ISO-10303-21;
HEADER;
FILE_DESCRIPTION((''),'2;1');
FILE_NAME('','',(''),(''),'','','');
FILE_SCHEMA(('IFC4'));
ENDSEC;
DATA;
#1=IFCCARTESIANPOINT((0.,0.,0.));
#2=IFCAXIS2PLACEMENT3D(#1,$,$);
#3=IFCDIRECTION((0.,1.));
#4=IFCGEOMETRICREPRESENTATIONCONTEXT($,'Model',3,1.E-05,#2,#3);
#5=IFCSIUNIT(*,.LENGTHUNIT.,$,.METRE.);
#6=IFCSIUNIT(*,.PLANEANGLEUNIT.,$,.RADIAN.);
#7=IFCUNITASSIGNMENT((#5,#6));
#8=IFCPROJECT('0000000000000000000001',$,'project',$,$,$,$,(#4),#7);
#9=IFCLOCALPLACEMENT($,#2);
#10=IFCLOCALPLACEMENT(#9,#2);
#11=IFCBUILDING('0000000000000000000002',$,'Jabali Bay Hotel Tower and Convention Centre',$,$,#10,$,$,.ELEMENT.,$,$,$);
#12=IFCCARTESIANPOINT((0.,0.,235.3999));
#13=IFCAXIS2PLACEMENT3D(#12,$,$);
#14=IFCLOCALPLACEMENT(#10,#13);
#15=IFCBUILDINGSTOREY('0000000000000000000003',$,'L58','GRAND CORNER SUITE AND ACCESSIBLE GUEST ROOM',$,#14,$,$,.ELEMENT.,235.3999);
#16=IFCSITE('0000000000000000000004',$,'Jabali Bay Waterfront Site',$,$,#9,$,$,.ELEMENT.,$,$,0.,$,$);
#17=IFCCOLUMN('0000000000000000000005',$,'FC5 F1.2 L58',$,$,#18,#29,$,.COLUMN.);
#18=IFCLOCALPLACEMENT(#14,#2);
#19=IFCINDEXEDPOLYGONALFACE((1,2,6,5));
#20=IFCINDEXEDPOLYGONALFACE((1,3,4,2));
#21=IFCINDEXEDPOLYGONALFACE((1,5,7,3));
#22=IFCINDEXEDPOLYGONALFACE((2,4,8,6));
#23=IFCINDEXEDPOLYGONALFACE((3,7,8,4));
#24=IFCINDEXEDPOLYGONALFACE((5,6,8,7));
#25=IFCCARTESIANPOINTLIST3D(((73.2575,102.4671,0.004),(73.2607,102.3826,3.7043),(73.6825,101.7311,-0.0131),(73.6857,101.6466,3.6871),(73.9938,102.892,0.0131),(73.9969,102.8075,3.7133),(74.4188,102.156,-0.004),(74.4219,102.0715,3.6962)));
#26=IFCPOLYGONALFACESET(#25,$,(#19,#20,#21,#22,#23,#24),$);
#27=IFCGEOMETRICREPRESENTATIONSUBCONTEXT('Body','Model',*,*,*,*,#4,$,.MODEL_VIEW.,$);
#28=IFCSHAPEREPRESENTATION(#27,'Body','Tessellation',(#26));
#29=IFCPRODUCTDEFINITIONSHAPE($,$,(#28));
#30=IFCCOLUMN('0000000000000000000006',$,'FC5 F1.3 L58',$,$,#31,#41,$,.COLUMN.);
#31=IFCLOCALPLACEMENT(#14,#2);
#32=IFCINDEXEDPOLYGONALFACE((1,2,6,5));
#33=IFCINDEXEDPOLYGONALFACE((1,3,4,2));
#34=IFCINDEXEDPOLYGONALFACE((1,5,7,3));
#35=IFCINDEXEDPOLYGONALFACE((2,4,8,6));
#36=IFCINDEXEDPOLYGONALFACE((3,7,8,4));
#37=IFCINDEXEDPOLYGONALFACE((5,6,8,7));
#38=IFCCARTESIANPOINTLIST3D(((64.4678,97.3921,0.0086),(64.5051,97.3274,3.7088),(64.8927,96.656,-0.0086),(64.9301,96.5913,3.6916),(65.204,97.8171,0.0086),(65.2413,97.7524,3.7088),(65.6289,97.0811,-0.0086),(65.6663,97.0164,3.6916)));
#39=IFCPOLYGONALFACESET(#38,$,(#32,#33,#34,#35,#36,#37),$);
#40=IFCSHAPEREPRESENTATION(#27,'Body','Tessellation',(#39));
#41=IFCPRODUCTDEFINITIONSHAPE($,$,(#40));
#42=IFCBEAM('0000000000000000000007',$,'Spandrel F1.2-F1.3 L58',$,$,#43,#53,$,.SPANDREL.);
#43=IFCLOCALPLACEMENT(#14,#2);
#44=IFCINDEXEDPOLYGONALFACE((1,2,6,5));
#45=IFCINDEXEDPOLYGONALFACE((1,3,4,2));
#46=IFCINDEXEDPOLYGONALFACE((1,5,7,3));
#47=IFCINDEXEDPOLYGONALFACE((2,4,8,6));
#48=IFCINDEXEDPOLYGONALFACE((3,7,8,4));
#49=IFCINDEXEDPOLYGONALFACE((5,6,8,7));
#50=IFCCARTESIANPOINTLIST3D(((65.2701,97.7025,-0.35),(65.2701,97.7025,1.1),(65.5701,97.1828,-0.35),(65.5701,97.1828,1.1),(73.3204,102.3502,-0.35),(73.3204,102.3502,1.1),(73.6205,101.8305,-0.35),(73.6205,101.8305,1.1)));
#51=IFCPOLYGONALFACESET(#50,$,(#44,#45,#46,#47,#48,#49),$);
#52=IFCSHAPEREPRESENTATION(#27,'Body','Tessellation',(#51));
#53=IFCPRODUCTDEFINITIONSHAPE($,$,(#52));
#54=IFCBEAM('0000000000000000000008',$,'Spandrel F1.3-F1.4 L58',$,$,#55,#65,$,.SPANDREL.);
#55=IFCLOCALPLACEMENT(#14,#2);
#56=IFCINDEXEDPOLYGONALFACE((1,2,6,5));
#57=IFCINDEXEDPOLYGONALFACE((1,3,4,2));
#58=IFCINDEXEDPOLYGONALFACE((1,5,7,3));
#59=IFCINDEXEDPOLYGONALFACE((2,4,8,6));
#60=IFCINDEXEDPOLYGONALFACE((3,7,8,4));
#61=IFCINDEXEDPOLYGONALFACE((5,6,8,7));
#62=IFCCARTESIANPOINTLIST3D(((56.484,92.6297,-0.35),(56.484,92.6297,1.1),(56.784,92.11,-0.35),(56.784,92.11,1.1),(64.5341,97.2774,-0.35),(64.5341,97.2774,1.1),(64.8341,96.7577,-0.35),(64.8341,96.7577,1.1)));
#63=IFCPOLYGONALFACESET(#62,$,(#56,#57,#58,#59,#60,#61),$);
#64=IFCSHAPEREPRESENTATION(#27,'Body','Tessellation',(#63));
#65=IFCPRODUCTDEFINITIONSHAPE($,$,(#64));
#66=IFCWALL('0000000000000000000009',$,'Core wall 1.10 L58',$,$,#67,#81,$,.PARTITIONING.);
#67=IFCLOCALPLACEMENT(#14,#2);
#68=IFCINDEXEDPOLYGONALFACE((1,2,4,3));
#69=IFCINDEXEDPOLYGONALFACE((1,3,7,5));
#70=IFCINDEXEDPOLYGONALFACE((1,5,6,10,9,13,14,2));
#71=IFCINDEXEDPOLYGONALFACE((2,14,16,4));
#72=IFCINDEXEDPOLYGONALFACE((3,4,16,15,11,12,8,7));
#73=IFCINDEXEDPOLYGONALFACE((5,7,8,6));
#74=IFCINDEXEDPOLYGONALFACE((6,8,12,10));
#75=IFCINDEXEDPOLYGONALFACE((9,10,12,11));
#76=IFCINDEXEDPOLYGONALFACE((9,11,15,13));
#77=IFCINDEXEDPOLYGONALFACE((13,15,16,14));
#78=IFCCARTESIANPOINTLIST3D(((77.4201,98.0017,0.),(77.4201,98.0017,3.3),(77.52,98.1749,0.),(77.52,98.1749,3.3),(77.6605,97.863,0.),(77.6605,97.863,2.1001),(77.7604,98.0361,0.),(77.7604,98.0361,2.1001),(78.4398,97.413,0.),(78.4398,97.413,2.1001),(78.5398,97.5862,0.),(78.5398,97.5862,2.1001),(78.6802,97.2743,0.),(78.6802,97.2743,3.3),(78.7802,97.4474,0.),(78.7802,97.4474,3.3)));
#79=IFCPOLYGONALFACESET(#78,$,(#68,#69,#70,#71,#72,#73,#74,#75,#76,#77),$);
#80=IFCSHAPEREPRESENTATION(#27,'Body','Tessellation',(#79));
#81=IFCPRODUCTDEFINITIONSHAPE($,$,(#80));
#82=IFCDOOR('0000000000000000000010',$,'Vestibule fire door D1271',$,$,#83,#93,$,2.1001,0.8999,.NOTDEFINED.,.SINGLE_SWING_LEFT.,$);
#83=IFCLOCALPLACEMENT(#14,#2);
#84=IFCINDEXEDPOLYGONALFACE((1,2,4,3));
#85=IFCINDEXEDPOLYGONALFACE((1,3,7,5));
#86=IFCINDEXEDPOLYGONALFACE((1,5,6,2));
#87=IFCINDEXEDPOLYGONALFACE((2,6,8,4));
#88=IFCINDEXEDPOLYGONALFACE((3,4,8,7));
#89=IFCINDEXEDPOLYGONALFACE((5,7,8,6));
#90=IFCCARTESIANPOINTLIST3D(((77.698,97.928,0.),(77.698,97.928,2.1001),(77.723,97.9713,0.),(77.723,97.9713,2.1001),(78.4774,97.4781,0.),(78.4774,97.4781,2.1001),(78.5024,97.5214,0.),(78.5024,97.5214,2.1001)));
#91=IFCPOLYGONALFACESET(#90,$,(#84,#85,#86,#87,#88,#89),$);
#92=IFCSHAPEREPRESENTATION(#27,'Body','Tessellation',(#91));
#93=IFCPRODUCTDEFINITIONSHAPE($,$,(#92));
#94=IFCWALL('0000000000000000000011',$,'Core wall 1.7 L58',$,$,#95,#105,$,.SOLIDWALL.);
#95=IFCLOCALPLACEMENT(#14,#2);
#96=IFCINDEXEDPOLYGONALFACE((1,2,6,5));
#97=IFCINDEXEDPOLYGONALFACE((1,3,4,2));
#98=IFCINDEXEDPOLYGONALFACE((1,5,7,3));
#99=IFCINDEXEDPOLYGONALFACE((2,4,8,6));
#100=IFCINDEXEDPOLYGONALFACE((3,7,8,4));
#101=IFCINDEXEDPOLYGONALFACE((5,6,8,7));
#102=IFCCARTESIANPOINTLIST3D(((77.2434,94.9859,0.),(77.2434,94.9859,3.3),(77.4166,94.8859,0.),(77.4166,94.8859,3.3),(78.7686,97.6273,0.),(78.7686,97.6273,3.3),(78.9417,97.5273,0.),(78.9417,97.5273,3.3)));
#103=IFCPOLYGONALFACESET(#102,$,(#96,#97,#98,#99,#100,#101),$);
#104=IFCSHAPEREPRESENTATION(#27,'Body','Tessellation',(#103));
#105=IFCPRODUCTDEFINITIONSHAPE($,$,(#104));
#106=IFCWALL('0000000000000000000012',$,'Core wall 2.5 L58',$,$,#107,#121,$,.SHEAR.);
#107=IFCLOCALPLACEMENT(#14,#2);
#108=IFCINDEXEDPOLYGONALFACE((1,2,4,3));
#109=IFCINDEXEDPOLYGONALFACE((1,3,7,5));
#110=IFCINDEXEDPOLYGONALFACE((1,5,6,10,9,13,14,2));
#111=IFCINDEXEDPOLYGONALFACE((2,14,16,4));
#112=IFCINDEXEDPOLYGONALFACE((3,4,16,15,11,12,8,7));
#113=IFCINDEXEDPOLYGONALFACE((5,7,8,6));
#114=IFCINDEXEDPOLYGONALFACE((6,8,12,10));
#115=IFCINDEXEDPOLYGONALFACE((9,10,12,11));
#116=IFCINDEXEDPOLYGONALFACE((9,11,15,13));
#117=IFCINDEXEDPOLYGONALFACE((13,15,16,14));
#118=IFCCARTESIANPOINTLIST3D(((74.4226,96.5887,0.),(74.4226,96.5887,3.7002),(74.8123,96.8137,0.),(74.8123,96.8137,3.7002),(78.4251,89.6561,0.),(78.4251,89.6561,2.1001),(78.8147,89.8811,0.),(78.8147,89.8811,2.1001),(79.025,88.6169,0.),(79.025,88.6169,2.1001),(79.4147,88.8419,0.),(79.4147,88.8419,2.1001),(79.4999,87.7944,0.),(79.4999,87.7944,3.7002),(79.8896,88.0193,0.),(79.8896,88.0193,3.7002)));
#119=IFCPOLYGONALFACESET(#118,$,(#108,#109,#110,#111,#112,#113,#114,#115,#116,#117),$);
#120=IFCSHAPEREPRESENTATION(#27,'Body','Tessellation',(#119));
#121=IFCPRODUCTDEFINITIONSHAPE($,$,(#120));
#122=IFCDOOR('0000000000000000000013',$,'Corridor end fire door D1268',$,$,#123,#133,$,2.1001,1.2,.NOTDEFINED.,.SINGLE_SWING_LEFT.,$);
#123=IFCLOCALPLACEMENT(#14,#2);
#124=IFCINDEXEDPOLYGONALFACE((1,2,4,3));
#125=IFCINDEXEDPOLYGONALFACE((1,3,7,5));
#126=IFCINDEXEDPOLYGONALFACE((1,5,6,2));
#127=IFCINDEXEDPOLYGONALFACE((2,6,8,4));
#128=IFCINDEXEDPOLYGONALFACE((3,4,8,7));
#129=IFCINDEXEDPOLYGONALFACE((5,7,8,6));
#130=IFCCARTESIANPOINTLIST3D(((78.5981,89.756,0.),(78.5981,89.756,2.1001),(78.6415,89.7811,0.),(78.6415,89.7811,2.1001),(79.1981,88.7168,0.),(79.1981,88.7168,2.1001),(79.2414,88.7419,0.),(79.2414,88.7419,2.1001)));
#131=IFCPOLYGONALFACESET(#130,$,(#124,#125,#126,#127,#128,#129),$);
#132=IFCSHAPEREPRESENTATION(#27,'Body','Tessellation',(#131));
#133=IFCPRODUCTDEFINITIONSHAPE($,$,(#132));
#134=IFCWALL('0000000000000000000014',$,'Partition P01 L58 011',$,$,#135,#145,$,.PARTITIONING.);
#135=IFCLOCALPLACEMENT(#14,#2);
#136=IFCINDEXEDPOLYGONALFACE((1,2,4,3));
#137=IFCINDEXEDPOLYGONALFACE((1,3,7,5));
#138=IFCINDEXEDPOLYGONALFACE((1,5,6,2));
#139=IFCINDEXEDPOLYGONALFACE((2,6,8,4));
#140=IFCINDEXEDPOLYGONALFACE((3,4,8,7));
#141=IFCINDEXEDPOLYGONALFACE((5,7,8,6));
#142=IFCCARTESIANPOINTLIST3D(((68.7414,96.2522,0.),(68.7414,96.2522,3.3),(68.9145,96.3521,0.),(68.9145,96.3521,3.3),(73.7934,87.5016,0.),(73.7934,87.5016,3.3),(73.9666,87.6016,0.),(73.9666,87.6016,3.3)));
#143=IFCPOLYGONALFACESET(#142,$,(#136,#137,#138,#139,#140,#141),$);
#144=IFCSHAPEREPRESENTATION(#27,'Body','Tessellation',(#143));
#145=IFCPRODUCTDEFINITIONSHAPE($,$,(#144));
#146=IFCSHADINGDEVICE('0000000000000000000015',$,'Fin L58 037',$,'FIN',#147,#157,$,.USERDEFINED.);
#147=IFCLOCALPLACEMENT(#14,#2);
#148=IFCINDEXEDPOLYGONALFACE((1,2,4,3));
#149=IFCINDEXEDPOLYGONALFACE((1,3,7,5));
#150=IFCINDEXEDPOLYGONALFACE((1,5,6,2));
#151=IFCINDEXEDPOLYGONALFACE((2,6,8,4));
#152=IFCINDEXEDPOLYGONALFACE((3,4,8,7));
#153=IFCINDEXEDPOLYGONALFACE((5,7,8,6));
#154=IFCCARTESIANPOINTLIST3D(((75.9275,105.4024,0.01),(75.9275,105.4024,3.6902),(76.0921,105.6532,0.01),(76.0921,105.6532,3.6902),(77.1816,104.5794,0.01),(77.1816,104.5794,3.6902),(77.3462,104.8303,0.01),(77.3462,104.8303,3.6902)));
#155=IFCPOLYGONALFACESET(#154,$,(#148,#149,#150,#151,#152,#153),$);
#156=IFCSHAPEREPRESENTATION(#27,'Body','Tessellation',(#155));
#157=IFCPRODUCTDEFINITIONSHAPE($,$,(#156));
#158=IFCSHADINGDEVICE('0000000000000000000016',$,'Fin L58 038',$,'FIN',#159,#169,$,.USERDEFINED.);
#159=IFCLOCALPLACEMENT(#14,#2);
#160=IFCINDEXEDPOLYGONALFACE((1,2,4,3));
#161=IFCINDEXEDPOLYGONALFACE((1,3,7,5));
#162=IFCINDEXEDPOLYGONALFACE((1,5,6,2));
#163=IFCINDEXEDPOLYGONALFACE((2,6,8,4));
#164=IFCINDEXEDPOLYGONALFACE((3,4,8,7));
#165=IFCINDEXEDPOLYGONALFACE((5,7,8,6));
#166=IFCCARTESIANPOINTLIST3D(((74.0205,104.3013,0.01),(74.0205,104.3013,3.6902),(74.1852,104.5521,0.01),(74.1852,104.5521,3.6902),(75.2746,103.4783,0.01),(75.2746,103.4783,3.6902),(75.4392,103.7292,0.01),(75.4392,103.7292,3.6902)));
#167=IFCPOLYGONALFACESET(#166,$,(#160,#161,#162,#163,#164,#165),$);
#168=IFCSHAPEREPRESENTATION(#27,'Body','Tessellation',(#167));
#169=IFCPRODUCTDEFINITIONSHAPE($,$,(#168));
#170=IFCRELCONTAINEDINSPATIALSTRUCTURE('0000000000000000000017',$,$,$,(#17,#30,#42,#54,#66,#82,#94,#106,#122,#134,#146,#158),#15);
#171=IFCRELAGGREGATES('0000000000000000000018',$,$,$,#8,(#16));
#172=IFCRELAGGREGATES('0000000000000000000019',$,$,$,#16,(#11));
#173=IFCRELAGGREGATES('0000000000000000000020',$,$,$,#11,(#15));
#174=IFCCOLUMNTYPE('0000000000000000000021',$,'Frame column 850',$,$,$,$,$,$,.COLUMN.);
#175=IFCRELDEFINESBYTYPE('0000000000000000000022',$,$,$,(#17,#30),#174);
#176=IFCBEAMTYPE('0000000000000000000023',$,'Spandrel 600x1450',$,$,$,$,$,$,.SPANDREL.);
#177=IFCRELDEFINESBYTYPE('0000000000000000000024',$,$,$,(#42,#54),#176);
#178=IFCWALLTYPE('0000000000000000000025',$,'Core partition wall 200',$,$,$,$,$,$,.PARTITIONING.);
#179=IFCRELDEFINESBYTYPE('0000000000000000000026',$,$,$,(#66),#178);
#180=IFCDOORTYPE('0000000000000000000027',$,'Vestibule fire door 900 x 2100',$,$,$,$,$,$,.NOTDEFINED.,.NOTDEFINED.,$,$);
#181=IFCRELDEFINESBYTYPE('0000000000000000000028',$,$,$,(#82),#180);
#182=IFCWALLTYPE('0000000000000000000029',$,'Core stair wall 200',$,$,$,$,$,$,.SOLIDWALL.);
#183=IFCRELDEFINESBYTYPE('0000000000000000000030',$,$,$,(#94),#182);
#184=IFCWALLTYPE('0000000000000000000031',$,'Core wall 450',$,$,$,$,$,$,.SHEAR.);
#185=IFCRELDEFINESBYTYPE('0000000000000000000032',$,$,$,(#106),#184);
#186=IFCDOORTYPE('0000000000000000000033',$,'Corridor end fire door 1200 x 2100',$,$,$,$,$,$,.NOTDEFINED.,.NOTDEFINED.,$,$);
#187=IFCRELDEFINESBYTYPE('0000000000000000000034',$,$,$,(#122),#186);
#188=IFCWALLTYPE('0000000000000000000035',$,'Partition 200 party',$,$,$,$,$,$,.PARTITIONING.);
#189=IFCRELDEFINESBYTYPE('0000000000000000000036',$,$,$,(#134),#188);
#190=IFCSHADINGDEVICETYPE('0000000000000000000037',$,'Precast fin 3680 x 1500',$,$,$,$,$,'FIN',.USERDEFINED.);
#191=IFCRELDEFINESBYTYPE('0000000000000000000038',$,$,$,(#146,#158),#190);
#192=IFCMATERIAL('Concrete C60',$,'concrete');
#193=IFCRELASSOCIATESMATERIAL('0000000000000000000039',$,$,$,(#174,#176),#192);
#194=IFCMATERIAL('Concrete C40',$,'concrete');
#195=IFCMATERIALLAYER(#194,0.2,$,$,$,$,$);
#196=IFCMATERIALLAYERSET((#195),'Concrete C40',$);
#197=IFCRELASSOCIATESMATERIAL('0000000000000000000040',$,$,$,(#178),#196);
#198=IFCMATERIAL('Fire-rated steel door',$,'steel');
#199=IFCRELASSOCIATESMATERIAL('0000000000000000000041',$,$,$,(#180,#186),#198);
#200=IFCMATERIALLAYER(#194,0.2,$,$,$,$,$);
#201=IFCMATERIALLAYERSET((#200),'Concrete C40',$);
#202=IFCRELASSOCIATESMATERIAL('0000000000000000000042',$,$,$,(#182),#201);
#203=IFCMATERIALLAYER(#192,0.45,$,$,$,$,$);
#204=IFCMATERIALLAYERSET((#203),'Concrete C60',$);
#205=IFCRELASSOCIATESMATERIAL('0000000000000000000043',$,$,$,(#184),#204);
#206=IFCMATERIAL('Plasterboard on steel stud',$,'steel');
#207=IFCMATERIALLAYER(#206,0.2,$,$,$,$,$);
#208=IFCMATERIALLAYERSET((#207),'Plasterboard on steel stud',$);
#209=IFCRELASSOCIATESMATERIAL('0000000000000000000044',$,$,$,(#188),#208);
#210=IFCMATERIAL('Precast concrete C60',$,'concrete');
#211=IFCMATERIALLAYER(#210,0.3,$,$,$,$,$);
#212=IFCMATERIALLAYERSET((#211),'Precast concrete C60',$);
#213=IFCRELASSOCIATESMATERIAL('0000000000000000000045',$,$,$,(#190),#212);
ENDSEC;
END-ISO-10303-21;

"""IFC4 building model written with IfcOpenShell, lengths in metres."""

from ifc_helpers import new_model, si_unit, direction, frame, frame_2d, origin, origin_2d, place, context, subcontext, project, spatial, rectangle, extrude, material, layer, layer_set, material_profile, profile_set, type_object, element, fill, save


model = new_model("IFC4")

# Units and contexts
model_context = context("Model", 3, precision=1e-05, world=origin(), true_north=direction((0.0, 1.0)))
body_context = subcontext(model_context, "Body", "Model", "MODEL_VIEW")
ifc_project = project(units=[si_unit("LENGTHUNIT", "METRE"), si_unit("PLANEANGLEUNIT", "RADIAN")], contexts=[model_context])

# Site, building, storey
site_placement = place(None, origin())
site = spatial("IfcSite", under=ifc_project, at=site_placement, Name="Jabali Bay Waterfront Site", CompositionType="ELEMENT", RefElevation=0.0)
building_placement = place(site_placement, origin())
building = spatial("IfcBuilding", under=site, at=building_placement, Name="Jabali Bay Hotel Tower and Convention Centre", CompositionType="ELEMENT")
storey_placement = place(building_placement, frame((0.0, 0.0, 235.3999)))
storey = spatial("IfcBuildingStorey", under=building, at=storey_placement, Name="L58", Description="GRAND CORNER SUITE AND ACCESSIBLE GUEST ROOM", CompositionType="ELEMENT", Elevation=235.3999)

# Columns
ifc_material_1 = material(Name="Concrete C60", Category="concrete")
ifc_material_profile_1 = material_profile(ifc_material_1, rectangle(XDim=0.8501, YDim=0.8501, at=origin_2d()), Name="Frame column 850")
ifc_profile_set_1 = profile_set([ifc_material_profile_1], Name="Concrete C60")
column_type = type_object("IfcColumnType", Name="Frame column 850", PredefinedType="COLUMN", material=ifc_profile_set_1)
column_1_placement = place(storey_placement, frame((73.8381, 102.3115, 0.0), z_axis=(0.000858, -0.022823, 0.999739), x_axis=(0.86606, 0.499826, 0.010668)))
element("IfcColumn", 1, at=column_1_placement, inside=storey, type_object=column_type, Name="FC5 F1.2 L58", PredefinedType="COLUMN", context=body_context, shape_type="SweptSolid", body=[
    extrude(rectangle(XDim=0.8501, YDim=0.8501, at=origin_2d()), origin(), (0.0, 0.0, 1.0), 3.7012),
])
column_2_placement = place(storey_placement, frame((65.0483, 97.2366, 0.0), z_axis=(0.010093, -0.017481, 0.999796), x_axis=(-0.499897, 0.86585, 0.020186)))
element("IfcColumn", 2, at=column_2_placement, inside=storey, type_object=column_type, Name="FC5 F1.3 L58", PredefinedType="COLUMN", context=body_context, shape_type="SweptSolid", body=[
    extrude(rectangle(XDim=0.8501, YDim=0.8501, at=origin_2d()), origin(), (0.0, 0.0, 1.0), 3.7009),
])

# Beams
ifc_material_profile_2 = material_profile(ifc_material_1, rectangle(XDim=0.6001, YDim=1.45, at=origin_2d()), Name="Spandrel 600x1450")
ifc_profile_set_2 = profile_set([ifc_material_profile_2], Name="Concrete C60")
beam_type = type_object("IfcBeamType", Name="Spandrel 600x1450", PredefinedType="SPANDREL", material=ifc_profile_set_2)
beam_1_placement = place(storey_placement, frame((73.4705, 102.0903, 0.375), z_axis=(-0.866032, -0.499989, 0.0), x_axis=(0.499989, -0.866032, 0.0)))
element("IfcBeam", 3, at=beam_1_placement, inside=storey, type_object=beam_type, Name="Spandrel F1.2-F1.3 L58", PredefinedType="SPANDREL", context=body_context, shape_type="SweptSolid", body=[
    extrude(rectangle(XDim=0.6001, YDim=1.45, at=origin_2d()), origin(), (0.0, 0.0, 1.0), 9.2957),
])
beam_2_placement = place(storey_placement, frame((64.6841, 97.0176, 0.375), z_axis=(-0.866025, -0.500001, 0.0), x_axis=(0.500001, -0.866025, 0.0)))
element("IfcBeam", 4, at=beam_2_placement, inside=storey, type_object=beam_type, Name="Spandrel F1.3-F1.4 L58", PredefinedType="SPANDREL", context=body_context, shape_type="SweptSolid", body=[
    extrude(rectangle(XDim=0.6001, YDim=1.45, at=origin_2d()), origin(), (0.0, 0.0, 1.0), 9.2954),
])

# Wall, opening, door
ifc_material_2 = material(Name="Concrete C40", Category="concrete")
ifc_layer_1 = layer(ifc_material_2, 0.2)
ifc_layer_set_1 = layer_set([ifc_layer_1], Name="Concrete C40")
wall_type_1 = type_object("IfcWallType", Name="Core partition wall 200", PredefinedType="PARTITIONING", material=ifc_layer_set_1)
wall_1_placement = place(storey_placement, frame((78.7302, 97.3608, 0.0), z_axis=(0.0, 0.0, 1.0), x_axis=(-0.866046, 0.499965, 0.0)))
wall_1 = element("IfcWall", 5, at=wall_1_placement, inside=storey, type_object=wall_type_1, Name="Core wall 1.10 L58", PredefinedType="PARTITIONING", context=body_context, shape_type="SweptSolid", body=[
    extrude(rectangle(XDim=1.4551, YDim=0.2, at=frame_2d((0.7275, 0.0))), origin(), (0.0, 0.0, 1.0), 3.3),
])
opening_1_placement = place(wall_1_placement, frame((0.2776, 0.0, 0.0)))
opening_1 = element("IfcOpeningElement", 6, at=opening_1_placement, cuts=wall_1, PredefinedType="OPENING", context=body_context, shape_type="SweptSolid", body=[
    extrude(rectangle(XDim=0.8999, YDim=2.1001, at=frame_2d((0.45, 1.05))), frame((0.0, 0.1104, 0.0), z_axis=(0.0, -1.0, 0.0), x_axis=(1.0, 0.0, 0.0)), (0.0, 0.0, 1.0), 0.2209),
])
ifc_material_3 = material(Name="Fire-rated steel door", Category="steel")
door_type_1 = type_object("IfcDoorType", Name="Vestibule fire door 900 x 2100", OperationType="NOTDEFINED", PredefinedType="NOTDEFINED", material=ifc_material_3)
door_1_placement = place(opening_1_placement, origin())
door_1 = element("IfcDoor", 7, at=door_1_placement, inside=storey, type_object=door_type_1, Name="Vestibule fire door D1271", OperationType="SINGLE_SWING_LEFT", OverallHeight=2.1001, OverallWidth=0.8999, PredefinedType="NOTDEFINED", context=body_context, shape_type="SweptSolid", body=[
    extrude(rectangle(XDim=0.8999, YDim=2.1001, at=frame_2d((0.45, 1.05))), frame((0.0, 0.0249, 0.0), z_axis=(0.0, -1.0, 0.0), x_axis=(1.0, 0.0, 0.0)), (0.0, 0.0, 1.0), 0.05),
])
fill(opening_1, door_1)

# Wall
ifc_layer_2 = layer(ifc_material_2, 0.2)
ifc_layer_set_2 = layer_set([ifc_layer_2], Name="Concrete C40")
wall_type_2 = type_object("IfcWallType", Name="Core stair wall 200", PredefinedType="SOLIDWALL", material=ifc_layer_set_2)
wall_2_placement = place(storey_placement, frame((77.3301, 94.936, 0.0), z_axis=(0.0, 0.0, 1.0), x_axis=(0.500039, 0.866003, 0.0)))
element("IfcWall", 8, at=wall_2_placement, inside=storey, type_object=wall_type_2, Name="Core wall 1.7 L58", PredefinedType="SOLIDWALL", context=body_context, shape_type="SweptSolid", body=[
    extrude(rectangle(XDim=3.05, YDim=0.2, at=frame_2d((1.5249, 0.0))), origin(), (0.0, 0.0, 1.0), 3.3),
])

# Wall, opening, door
ifc_layer_3 = layer(ifc_material_1, 0.45)
ifc_layer_set_3 = layer_set([ifc_layer_3], Name="Concrete C60")
wall_type_3 = type_object("IfcWallType", Name="Core wall 450", PredefinedType="SHEAR", material=ifc_layer_set_3)
wall_3_placement = place(storey_placement, frame((74.6174, 96.7012, 0.0), z_axis=(0.0, 0.0, 1.0), x_axis=(0.499994, -0.866029, 0.0)))
wall_3 = element("IfcWall", 9, at=wall_3_placement, inside=storey, type_object=wall_type_3, Name="Core wall 2.5 L58", PredefinedType="SHEAR", context=body_context, shape_type="SweptSolid", body=[
    extrude(rectangle(XDim=10.1548, YDim=0.45, at=frame_2d((5.0774, 0.0))), origin(), (0.0, 0.0, 1.0), 3.7002),
])
opening_2_placement = place(wall_3_placement, frame((8.0049, 0.0, 0.0)))
opening_2 = element("IfcOpeningElement", 10, at=opening_2_placement, cuts=wall_3, PredefinedType="OPENING", context=body_context, shape_type="SweptSolid", body=[
    extrude(rectangle(XDim=1.2, YDim=2.1001, at=frame_2d((0.6001, 1.05))), frame((0.0, 0.2354, 0.0), z_axis=(0.0, -1.0, 0.0), x_axis=(1.0, 0.0, 0.0)), (0.0, 0.0, 1.0), 0.4709),
])
door_type_2 = type_object("IfcDoorType", Name="Corridor end fire door 1200 x 2100", OperationType="NOTDEFINED", PredefinedType="NOTDEFINED", material=ifc_material_3)
door_2_placement = place(opening_2_placement, origin())
door_2 = element("IfcDoor", 11, at=door_2_placement, inside=storey, type_object=door_type_2, Name="Corridor end fire door D1268", OperationType="SINGLE_SWING_LEFT", OverallHeight=2.1001, OverallWidth=1.2, PredefinedType="NOTDEFINED", context=body_context, shape_type="SweptSolid", body=[
    extrude(rectangle(XDim=1.2, YDim=2.1001, at=frame_2d((0.6001, 1.05))), frame((0.0, 0.0249, 0.0), z_axis=(0.0, -1.0, 0.0), x_axis=(1.0, 0.0, 0.0)), (0.0, 0.0, 1.0), 0.05),
])
fill(opening_2, door_2)

# Wall
ifc_material_4 = material(Name="Plasterboard on steel stud", Category="steel")
ifc_layer_4 = layer(ifc_material_4, 0.2)
ifc_layer_set_4 = layer_set([ifc_layer_4], Name="Plasterboard on steel stud")
wall_type_4 = type_object("IfcWallType", Name="Partition 200 party", PredefinedType="PARTITIONING", material=ifc_layer_set_4)
wall_4_placement = place(storey_placement, frame((68.8279, 96.3022, 0.0), z_axis=(0.0, 0.0, 1.0), x_axis=(0.499993, -0.866029, 0.0)))
element("IfcWall", 12, at=wall_4_placement, inside=storey, type_object=wall_type_4, Name="Partition P01 L58 011", PredefinedType="PARTITIONING", context=body_context, shape_type="SweptSolid", body=[
    extrude(rectangle(XDim=10.1042, YDim=0.2, at=frame_2d((5.0522, 0.0))), origin(), (0.0, 0.0, 1.0), 3.3),
])

# Shading devices
ifc_material_5 = material(Name="Precast concrete C60", Category="concrete")
ifc_layer_5 = layer(ifc_material_5, 0.3)
ifc_layer_set_5 = layer_set([ifc_layer_5], Name="Precast concrete C60")
shading_device_type = type_object("IfcShadingDeviceType", Name="Precast fin 3680 x 1500", ElementType="FIN", PredefinedType="USERDEFINED", material=ifc_layer_set_5)
for number, where, z_axis, x_axis, name in (
    (13, (77.2639, 104.7048, 0.01), (0.0, 0.0, 1.0), (-0.83606, 0.548639, 0.0), "Fin L58 037"),
    (14, (75.3569, 103.6038, 0.01), (0.0, 0.0, 1.0), (-0.83606, 0.548639, 0.0), "Fin L58 038"),
):
    element("IfcShadingDevice", number, at=place(storey_placement, frame(where, z_axis=z_axis, x_axis=x_axis)), inside=storey, type_object=shading_device_type, Name=name, ObjectType="FIN", PredefinedType="USERDEFINED", context=body_context, shape_type="SweptSolid", body=[
        extrude(rectangle(XDim=1.5, YDim=0.3, at=frame_2d((0.75, 0.0))), origin(), (0.0, 0.0, 1.0), 3.6802),
    ])

save(model, "model.ifc")
